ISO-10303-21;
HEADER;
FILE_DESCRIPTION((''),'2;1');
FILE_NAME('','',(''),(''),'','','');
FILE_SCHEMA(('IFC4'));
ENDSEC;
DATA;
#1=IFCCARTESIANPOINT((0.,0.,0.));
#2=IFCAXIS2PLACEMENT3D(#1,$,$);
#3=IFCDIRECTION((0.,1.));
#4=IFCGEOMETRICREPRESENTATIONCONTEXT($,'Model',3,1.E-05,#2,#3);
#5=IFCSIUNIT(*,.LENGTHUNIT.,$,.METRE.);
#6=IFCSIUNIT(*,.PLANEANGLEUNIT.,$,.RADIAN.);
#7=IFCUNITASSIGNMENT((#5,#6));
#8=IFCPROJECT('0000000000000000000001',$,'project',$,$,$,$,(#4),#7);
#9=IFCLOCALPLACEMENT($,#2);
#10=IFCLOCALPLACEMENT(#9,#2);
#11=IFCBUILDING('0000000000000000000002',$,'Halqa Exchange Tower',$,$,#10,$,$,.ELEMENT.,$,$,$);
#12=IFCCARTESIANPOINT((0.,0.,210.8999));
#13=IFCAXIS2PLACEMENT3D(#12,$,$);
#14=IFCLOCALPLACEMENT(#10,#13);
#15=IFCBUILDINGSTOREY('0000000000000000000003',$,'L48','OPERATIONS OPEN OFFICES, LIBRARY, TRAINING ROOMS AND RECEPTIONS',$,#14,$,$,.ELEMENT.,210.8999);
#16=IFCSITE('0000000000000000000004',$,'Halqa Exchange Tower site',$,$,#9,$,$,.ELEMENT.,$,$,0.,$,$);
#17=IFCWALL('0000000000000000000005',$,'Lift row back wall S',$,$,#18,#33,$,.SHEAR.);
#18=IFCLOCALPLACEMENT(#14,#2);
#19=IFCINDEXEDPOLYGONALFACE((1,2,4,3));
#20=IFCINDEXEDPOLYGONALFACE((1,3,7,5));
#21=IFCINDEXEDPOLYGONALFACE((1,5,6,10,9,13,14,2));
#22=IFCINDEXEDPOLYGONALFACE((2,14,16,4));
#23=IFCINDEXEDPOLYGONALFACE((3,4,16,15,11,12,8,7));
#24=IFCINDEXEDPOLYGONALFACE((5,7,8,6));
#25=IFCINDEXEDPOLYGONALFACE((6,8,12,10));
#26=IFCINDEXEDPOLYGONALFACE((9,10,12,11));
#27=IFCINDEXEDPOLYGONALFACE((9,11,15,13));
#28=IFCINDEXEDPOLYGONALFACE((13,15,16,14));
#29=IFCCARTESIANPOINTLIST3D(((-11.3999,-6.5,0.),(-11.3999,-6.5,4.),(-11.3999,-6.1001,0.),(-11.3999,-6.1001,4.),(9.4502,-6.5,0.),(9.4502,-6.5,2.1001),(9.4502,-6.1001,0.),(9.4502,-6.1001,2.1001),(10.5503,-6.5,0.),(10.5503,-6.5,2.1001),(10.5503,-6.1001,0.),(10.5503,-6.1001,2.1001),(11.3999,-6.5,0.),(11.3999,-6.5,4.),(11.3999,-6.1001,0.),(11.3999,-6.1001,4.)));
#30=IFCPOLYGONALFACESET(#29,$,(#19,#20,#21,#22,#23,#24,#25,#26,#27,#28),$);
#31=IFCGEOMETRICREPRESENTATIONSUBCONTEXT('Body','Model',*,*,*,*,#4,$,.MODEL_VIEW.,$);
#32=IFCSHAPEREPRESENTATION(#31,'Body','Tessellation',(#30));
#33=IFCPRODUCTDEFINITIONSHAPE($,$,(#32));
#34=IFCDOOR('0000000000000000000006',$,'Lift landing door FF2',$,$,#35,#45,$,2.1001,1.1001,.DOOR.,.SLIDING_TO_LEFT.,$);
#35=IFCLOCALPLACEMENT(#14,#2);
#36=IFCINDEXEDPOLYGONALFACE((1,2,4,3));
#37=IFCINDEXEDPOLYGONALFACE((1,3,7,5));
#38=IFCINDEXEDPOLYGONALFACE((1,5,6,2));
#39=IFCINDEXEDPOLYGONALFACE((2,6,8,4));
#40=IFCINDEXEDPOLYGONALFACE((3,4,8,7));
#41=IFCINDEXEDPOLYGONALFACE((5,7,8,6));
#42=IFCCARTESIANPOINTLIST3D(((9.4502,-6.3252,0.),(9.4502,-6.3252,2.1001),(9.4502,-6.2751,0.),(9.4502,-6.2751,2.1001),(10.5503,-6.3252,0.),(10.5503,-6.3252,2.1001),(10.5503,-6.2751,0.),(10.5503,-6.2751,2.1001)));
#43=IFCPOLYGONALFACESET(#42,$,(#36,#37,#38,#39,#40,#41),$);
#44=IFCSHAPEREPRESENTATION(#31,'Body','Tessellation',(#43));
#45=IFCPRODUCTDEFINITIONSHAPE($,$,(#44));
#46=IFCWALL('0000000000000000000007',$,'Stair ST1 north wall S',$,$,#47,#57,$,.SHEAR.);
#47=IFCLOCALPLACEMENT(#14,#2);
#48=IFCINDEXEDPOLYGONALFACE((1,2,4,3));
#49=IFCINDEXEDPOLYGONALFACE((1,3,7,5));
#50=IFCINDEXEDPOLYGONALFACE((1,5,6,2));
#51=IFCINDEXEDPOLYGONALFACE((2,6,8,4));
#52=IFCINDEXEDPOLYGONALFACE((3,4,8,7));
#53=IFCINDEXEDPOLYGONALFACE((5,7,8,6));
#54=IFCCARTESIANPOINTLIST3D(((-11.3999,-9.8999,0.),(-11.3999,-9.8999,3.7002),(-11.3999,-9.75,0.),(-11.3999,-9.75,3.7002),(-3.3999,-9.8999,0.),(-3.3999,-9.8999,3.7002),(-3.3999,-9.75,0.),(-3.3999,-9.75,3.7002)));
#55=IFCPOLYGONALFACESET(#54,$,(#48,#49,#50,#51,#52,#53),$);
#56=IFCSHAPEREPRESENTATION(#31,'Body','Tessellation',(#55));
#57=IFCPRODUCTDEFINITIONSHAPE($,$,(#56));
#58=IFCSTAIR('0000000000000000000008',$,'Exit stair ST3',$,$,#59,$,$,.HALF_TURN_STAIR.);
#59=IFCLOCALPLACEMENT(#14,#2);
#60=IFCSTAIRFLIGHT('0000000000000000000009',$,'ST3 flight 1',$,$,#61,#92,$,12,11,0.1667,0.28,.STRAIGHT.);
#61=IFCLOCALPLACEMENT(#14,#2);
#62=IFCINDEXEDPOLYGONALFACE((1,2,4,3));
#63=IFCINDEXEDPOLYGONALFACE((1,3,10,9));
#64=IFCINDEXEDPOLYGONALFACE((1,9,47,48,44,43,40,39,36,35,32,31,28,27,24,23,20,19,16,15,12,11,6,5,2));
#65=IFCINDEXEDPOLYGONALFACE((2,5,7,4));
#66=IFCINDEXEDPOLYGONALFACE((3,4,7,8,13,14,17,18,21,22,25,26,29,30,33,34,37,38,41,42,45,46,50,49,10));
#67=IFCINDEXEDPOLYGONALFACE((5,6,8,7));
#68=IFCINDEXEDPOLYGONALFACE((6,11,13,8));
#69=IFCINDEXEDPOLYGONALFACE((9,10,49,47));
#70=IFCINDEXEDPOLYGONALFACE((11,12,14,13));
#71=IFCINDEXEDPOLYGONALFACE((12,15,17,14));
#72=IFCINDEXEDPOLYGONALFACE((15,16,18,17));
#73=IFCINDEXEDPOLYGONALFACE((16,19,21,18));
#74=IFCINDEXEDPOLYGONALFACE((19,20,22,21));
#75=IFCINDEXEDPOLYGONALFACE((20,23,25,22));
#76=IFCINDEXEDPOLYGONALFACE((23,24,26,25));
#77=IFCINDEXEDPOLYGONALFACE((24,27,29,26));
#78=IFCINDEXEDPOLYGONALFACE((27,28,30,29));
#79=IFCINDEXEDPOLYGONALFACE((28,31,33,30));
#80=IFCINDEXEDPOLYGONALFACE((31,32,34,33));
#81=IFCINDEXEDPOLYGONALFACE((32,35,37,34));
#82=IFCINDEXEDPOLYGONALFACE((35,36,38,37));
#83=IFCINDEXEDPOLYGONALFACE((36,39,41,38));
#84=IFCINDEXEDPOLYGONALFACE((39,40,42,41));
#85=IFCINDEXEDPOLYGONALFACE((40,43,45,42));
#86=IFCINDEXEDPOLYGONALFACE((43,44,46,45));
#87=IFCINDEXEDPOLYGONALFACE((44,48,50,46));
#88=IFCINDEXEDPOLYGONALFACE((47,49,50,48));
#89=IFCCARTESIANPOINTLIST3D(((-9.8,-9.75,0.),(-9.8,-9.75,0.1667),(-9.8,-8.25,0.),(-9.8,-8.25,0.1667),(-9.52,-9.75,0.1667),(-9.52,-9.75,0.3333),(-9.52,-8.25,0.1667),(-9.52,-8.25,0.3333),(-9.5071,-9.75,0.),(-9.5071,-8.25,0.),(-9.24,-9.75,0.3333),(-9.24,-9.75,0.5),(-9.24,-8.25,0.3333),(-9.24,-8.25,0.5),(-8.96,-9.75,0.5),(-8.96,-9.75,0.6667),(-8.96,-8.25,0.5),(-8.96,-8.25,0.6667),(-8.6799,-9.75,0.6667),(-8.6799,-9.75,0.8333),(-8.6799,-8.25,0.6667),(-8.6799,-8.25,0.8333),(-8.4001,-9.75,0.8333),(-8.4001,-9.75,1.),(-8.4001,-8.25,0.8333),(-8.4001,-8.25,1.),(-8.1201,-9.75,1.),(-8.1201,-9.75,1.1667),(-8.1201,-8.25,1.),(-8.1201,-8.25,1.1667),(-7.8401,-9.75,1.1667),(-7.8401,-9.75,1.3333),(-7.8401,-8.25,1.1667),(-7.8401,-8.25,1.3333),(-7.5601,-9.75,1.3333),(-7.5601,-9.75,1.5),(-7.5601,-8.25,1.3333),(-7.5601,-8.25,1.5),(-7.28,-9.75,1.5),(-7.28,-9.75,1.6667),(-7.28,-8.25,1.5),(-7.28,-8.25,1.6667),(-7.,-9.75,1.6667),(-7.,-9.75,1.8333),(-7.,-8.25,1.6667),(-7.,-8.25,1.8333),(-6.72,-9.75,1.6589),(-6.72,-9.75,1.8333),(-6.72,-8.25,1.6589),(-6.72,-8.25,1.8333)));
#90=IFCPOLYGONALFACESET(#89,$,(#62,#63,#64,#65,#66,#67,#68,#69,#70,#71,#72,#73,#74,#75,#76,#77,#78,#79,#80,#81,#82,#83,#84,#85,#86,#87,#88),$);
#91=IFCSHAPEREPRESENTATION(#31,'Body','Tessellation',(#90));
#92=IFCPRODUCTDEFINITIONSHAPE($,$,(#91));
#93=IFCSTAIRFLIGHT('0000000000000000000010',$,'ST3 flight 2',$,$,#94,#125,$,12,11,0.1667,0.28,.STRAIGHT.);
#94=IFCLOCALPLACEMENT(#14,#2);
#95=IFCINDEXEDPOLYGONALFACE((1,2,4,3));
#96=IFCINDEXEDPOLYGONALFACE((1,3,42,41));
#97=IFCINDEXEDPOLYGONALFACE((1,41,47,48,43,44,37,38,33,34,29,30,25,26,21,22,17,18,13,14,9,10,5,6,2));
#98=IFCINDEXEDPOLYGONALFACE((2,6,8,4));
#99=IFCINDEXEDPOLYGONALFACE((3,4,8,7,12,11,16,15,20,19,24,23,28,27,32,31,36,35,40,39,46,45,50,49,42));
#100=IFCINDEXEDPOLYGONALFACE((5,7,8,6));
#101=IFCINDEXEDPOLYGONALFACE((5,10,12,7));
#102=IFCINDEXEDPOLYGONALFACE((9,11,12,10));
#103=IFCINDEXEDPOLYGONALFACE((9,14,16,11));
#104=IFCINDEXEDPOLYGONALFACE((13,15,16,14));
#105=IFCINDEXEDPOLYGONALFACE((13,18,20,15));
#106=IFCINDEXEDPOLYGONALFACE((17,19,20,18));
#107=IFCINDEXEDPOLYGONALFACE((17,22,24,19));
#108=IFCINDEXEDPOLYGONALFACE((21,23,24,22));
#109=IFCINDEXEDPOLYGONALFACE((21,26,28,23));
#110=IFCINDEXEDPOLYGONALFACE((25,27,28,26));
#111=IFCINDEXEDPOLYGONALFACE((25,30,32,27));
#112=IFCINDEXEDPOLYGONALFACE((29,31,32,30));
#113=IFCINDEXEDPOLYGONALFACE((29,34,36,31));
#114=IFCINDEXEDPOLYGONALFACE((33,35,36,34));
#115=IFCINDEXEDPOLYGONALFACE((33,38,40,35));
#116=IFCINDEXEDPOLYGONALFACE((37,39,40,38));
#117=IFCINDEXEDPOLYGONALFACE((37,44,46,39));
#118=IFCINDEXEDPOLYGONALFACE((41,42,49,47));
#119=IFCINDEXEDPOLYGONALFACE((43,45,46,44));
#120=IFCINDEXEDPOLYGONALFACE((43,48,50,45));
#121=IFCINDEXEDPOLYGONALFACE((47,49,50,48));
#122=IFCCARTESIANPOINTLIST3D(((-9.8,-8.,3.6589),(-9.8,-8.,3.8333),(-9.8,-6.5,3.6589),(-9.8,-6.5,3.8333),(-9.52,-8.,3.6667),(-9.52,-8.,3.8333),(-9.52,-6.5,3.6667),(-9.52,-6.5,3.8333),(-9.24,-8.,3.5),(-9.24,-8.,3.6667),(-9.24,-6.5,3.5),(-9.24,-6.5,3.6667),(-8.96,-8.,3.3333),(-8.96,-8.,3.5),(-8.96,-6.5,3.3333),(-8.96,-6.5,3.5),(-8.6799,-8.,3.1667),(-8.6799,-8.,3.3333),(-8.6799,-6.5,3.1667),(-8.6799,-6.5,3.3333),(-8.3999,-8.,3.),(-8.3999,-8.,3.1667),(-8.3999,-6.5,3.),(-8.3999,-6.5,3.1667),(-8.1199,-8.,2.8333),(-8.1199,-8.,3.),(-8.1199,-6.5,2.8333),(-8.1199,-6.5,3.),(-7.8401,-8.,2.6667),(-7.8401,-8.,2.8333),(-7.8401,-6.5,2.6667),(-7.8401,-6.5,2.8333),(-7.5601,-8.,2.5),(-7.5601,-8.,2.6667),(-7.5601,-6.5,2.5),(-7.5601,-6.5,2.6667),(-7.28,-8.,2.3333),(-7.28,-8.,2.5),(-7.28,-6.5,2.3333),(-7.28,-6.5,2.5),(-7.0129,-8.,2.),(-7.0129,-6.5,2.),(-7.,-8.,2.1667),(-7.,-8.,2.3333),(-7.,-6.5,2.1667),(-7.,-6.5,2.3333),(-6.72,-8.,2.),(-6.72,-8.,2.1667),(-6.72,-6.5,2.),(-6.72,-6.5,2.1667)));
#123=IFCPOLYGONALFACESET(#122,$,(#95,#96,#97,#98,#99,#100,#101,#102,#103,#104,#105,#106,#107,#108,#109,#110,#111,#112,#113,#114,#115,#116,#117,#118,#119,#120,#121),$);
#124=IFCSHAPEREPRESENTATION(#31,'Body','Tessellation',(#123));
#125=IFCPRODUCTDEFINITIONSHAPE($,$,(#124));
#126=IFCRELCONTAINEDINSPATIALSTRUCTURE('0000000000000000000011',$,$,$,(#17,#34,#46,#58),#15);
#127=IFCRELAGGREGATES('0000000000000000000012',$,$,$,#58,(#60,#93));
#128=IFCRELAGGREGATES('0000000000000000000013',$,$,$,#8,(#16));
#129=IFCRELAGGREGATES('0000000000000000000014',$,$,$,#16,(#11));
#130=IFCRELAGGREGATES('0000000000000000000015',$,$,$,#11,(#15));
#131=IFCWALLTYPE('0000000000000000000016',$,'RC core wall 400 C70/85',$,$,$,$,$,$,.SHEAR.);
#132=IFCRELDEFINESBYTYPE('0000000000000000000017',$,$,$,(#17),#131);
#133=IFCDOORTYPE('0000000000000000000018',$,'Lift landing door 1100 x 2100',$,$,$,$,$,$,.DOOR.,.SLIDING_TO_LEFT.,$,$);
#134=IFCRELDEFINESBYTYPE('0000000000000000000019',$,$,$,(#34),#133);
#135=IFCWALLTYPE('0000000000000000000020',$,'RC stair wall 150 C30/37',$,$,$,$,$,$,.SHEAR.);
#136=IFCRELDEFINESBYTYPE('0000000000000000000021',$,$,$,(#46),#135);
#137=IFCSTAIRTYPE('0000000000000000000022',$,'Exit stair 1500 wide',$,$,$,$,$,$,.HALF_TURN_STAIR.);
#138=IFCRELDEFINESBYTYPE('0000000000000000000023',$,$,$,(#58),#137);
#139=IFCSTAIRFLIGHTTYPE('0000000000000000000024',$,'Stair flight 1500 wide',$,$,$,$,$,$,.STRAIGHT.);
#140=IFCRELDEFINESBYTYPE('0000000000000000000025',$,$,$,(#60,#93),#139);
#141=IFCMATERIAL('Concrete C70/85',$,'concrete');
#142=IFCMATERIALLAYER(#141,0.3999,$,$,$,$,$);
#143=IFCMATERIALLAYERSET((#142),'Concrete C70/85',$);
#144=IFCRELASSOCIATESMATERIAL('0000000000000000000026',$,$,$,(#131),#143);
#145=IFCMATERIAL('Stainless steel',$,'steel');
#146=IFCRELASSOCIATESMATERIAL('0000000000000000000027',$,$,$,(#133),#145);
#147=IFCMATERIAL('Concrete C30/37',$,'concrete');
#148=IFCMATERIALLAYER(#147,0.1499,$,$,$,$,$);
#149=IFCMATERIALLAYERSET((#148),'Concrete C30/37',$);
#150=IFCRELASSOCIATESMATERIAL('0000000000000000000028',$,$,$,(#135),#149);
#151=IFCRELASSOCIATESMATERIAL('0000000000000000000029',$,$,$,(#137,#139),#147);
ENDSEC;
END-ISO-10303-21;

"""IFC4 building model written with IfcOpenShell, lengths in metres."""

from ifc_helpers import new_model, si_unit, direction, frame, frame_2d, origin, place, context, subcontext, project, spatial, polyline, rectangle, outline, extrude, material, layer, layer_set, type_object, element, fill, aggregate, save


model = new_model("IFC4")

# Units and contexts
model_context = context("Model", 3, precision=1e-05, world=origin(), true_north=direction((0.0, 1.0)))
body_context = subcontext(model_context, "Body", "Model", "MODEL_VIEW")
ifc_project = project(units=[si_unit("LENGTHUNIT", "METRE"), si_unit("PLANEANGLEUNIT", "RADIAN")], contexts=[model_context])

# Site, building, storey
site_placement = place(None, origin())
site = spatial("IfcSite", under=ifc_project, at=site_placement, Name="Halqa Exchange Tower site", CompositionType="ELEMENT", RefElevation=0.0)
building_placement = place(site_placement, origin())
building = spatial("IfcBuilding", under=site, at=building_placement, Name="Halqa Exchange Tower", CompositionType="ELEMENT")
storey_placement = place(building_placement, frame((0.0, 0.0, 210.8999)))
storey = spatial("IfcBuildingStorey", under=building, at=storey_placement, Name="L48", Description="OPERATIONS OPEN OFFICES, LIBRARY, TRAINING ROOMS AND RECEPTIONS", CompositionType="ELEMENT", Elevation=210.8999)

# Shared definitions
ifc_material_1 = material(Name="Concrete C70/85", Category="concrete")
ifc_layer_1 = layer(ifc_material_1, 0.3999)
ifc_layer_set_1 = layer_set([ifc_layer_1], Name="Concrete C70/85")
wall_type_1 = type_object("IfcWallType", Name="RC core wall 400 C70/85", PredefinedType="SHEAR", material=ifc_layer_set_1)
ifc_material_2 = material(Name="Stainless steel", Category="steel")
door_type_1 = type_object("IfcDoorType", Name="Lift landing door 1100 x 2100", OperationType="SLIDING_TO_LEFT", PredefinedType="DOOR", material=ifc_material_2)

# Wall, opening, door
wall_1_placement = place(storey_placement, frame((-11.3999, -6.3, 0.0), z_axis=(0.0, 0.0, 1.0), x_axis=(1.0, 0.0, 0.0)))
wall_1 = element("IfcWall", 1, at=wall_1_placement, inside=storey, type_object=wall_type_1, Name="Lift row back wall S", PredefinedType="SHEAR", context=body_context, shape_type="SweptSolid", body=[
    extrude(rectangle(XDim=22.7998, YDim=0.3999, at=frame_2d((11.3999, 0.0))), origin(), (0.0, 0.0, 1.0), 4.0),
])
opening_1_placement = place(wall_1_placement, frame((20.8501, 0.0, 0.0)))
opening_1 = element("IfcOpeningElement", 2, at=opening_1_placement, cuts=wall_1, PredefinedType="OPENING", context=body_context, shape_type="SweptSolid", body=[
    extrude(rectangle(XDim=1.1001, YDim=2.1001, at=frame_2d((0.55, 1.05))), frame((0.0, 0.2119, 0.0), z_axis=(0.0, -1.0, 0.0), x_axis=(1.0, 0.0, 0.0)), (0.0, 0.0, 1.0), 0.4238),
])
door_1_placement = place(opening_1_placement, origin())
door_1 = element("IfcDoor", 3, at=door_1_placement, inside=storey, type_object=door_type_1, Name="Lift landing door FF2", OperationType="SLIDING_TO_LEFT", OverallHeight=2.1001, OverallWidth=1.1001, PredefinedType="DOOR", context=body_context, shape_type="SweptSolid", body=[
    extrude(rectangle(XDim=1.1001, YDim=2.1001, at=frame_2d((0.55, 1.05))), frame((0.0, 0.0249, 0.0), z_axis=(0.0, -1.0, 0.0), x_axis=(1.0, 0.0, 0.0)), (0.0, 0.0, 1.0), 0.05),
])
fill(opening_1, door_1)

# Wall
ifc_material_3 = material(Name="Concrete C30/37", Category="concrete")
ifc_layer_2 = layer(ifc_material_3, 0.1499)
ifc_layer_set_2 = layer_set([ifc_layer_2], Name="Concrete C30/37")
wall_type_2 = type_object("IfcWallType", Name="RC stair wall 150 C30/37", PredefinedType="SHEAR", material=ifc_layer_set_2)
wall_2_placement = place(storey_placement, frame((-11.3999, -9.825, 0.0), z_axis=(0.0, 0.0, 1.0), x_axis=(1.0, 0.0, 0.0)))
element("IfcWall", 4, at=wall_2_placement, inside=storey, type_object=wall_type_2, Name="Stair ST1 north wall S", PredefinedType="SHEAR", context=body_context, shape_type="SweptSolid", body=[
    extrude(rectangle(XDim=8.0, YDim=0.1499, at=frame_2d((4.0, 0.0))), origin(), (0.0, 0.0, 1.0), 3.7002),
])

# Stair, stair flights
stair_type = type_object("IfcStairType", Name="Exit stair 1500 wide", PredefinedType="HALF_TURN_STAIR", material=ifc_material_3)
stair_placement = place(storey_placement, origin())
stair = element("IfcStair", 5, at=stair_placement, inside=storey, type_object=stair_type, Name="Exit stair ST3", PredefinedType="HALF_TURN_STAIR")
stair_flight_type = type_object("IfcStairFlightType", Name="Stair flight 1500 wide", PredefinedType="STRAIGHT", material=ifc_material_3)
stair_flight_1_placement = place(storey_placement, frame((-9.8, -9.0, 0.0), z_axis=(0.0, 0.0, 1.0), x_axis=(1.0, 0.0, 0.0)))
stair_flight_1 = element("IfcStairFlight", 6, at=stair_flight_1_placement, type_object=stair_flight_type, Name="ST3 flight 1", NumberOfRisers=12, NumberOfTreads=11, PredefinedType="STRAIGHT", RiserHeight=0.1667, TreadLength=0.28, context=body_context, shape_type="SweptSolid", body=[
    extrude(outline(polyline([(0.0, 0.0), (0.0, 0.1667), (0.28, 0.1667), (0.28, 0.3333), (0.5601, 0.3333), (0.5601, 0.5), (0.8401, 0.5), (0.8401, 0.6667), (1.1201, 0.6667), (1.1201, 0.8333), (1.3999, 0.8333), (1.3999, 1.0), (1.6799, 1.0), (1.6799, 1.1667), (1.96, 1.1667), (1.96, 1.3333), (2.24, 1.3333), (2.24, 1.5), (2.52, 1.5), (2.52, 1.6667), (2.8, 1.6667), (2.8, 1.8333), (3.0801, 1.8333), (3.0801, 2.0), (3.0801, 1.6589), (0.293, 0.0), (0.0, 0.0)])), frame((0.0, 0.75, 0.0), z_axis=(0.0, -1.0, 0.0), x_axis=(1.0, 0.0, 0.0)), (0.0, 0.0, 1.0), 1.5),
])
stair_flight_2_placement = place(storey_placement, frame((-6.72, -7.25, 2.0), z_axis=(0.0, 0.0, 1.0), x_axis=(-1.0, 0.0, 0.0)))
stair_flight_2 = element("IfcStairFlight", 7, at=stair_flight_2_placement, type_object=stair_flight_type, Name="ST3 flight 2", NumberOfRisers=12, NumberOfTreads=11, PredefinedType="STRAIGHT", RiserHeight=0.1667, TreadLength=0.28, context=body_context, shape_type="SweptSolid", body=[
    extrude(outline(polyline([(0.0, 0.0), (0.0, 0.1667), (0.28, 0.1667), (0.28, 0.3333), (0.5601, 0.3333), (0.5601, 0.5), (0.8401, 0.5), (0.8401, 0.6667), (1.1201, 0.6667), (1.1201, 0.8333), (1.3999, 0.8333), (1.3999, 1.0), (1.6799, 1.0), (1.6799, 1.1667), (1.96, 1.1667), (1.96, 1.3333), (2.24, 1.3333), (2.24, 1.5), (2.52, 1.5), (2.52, 1.6667), (2.8, 1.6667), (2.8, 1.8333), (3.0801, 1.8333), (3.0801, 2.0), (3.0801, 1.6589), (0.293, 0.0), (0.0, 0.0)])), frame((0.0, 0.75, 0.0), z_axis=(0.0, -1.0, 0.0), x_axis=(1.0, 0.0, 0.0)), (0.0, 0.0, 1.0), 1.5),
])
aggregate(stair, [stair_flight_1, stair_flight_2])

save(model, "model.ifc")
